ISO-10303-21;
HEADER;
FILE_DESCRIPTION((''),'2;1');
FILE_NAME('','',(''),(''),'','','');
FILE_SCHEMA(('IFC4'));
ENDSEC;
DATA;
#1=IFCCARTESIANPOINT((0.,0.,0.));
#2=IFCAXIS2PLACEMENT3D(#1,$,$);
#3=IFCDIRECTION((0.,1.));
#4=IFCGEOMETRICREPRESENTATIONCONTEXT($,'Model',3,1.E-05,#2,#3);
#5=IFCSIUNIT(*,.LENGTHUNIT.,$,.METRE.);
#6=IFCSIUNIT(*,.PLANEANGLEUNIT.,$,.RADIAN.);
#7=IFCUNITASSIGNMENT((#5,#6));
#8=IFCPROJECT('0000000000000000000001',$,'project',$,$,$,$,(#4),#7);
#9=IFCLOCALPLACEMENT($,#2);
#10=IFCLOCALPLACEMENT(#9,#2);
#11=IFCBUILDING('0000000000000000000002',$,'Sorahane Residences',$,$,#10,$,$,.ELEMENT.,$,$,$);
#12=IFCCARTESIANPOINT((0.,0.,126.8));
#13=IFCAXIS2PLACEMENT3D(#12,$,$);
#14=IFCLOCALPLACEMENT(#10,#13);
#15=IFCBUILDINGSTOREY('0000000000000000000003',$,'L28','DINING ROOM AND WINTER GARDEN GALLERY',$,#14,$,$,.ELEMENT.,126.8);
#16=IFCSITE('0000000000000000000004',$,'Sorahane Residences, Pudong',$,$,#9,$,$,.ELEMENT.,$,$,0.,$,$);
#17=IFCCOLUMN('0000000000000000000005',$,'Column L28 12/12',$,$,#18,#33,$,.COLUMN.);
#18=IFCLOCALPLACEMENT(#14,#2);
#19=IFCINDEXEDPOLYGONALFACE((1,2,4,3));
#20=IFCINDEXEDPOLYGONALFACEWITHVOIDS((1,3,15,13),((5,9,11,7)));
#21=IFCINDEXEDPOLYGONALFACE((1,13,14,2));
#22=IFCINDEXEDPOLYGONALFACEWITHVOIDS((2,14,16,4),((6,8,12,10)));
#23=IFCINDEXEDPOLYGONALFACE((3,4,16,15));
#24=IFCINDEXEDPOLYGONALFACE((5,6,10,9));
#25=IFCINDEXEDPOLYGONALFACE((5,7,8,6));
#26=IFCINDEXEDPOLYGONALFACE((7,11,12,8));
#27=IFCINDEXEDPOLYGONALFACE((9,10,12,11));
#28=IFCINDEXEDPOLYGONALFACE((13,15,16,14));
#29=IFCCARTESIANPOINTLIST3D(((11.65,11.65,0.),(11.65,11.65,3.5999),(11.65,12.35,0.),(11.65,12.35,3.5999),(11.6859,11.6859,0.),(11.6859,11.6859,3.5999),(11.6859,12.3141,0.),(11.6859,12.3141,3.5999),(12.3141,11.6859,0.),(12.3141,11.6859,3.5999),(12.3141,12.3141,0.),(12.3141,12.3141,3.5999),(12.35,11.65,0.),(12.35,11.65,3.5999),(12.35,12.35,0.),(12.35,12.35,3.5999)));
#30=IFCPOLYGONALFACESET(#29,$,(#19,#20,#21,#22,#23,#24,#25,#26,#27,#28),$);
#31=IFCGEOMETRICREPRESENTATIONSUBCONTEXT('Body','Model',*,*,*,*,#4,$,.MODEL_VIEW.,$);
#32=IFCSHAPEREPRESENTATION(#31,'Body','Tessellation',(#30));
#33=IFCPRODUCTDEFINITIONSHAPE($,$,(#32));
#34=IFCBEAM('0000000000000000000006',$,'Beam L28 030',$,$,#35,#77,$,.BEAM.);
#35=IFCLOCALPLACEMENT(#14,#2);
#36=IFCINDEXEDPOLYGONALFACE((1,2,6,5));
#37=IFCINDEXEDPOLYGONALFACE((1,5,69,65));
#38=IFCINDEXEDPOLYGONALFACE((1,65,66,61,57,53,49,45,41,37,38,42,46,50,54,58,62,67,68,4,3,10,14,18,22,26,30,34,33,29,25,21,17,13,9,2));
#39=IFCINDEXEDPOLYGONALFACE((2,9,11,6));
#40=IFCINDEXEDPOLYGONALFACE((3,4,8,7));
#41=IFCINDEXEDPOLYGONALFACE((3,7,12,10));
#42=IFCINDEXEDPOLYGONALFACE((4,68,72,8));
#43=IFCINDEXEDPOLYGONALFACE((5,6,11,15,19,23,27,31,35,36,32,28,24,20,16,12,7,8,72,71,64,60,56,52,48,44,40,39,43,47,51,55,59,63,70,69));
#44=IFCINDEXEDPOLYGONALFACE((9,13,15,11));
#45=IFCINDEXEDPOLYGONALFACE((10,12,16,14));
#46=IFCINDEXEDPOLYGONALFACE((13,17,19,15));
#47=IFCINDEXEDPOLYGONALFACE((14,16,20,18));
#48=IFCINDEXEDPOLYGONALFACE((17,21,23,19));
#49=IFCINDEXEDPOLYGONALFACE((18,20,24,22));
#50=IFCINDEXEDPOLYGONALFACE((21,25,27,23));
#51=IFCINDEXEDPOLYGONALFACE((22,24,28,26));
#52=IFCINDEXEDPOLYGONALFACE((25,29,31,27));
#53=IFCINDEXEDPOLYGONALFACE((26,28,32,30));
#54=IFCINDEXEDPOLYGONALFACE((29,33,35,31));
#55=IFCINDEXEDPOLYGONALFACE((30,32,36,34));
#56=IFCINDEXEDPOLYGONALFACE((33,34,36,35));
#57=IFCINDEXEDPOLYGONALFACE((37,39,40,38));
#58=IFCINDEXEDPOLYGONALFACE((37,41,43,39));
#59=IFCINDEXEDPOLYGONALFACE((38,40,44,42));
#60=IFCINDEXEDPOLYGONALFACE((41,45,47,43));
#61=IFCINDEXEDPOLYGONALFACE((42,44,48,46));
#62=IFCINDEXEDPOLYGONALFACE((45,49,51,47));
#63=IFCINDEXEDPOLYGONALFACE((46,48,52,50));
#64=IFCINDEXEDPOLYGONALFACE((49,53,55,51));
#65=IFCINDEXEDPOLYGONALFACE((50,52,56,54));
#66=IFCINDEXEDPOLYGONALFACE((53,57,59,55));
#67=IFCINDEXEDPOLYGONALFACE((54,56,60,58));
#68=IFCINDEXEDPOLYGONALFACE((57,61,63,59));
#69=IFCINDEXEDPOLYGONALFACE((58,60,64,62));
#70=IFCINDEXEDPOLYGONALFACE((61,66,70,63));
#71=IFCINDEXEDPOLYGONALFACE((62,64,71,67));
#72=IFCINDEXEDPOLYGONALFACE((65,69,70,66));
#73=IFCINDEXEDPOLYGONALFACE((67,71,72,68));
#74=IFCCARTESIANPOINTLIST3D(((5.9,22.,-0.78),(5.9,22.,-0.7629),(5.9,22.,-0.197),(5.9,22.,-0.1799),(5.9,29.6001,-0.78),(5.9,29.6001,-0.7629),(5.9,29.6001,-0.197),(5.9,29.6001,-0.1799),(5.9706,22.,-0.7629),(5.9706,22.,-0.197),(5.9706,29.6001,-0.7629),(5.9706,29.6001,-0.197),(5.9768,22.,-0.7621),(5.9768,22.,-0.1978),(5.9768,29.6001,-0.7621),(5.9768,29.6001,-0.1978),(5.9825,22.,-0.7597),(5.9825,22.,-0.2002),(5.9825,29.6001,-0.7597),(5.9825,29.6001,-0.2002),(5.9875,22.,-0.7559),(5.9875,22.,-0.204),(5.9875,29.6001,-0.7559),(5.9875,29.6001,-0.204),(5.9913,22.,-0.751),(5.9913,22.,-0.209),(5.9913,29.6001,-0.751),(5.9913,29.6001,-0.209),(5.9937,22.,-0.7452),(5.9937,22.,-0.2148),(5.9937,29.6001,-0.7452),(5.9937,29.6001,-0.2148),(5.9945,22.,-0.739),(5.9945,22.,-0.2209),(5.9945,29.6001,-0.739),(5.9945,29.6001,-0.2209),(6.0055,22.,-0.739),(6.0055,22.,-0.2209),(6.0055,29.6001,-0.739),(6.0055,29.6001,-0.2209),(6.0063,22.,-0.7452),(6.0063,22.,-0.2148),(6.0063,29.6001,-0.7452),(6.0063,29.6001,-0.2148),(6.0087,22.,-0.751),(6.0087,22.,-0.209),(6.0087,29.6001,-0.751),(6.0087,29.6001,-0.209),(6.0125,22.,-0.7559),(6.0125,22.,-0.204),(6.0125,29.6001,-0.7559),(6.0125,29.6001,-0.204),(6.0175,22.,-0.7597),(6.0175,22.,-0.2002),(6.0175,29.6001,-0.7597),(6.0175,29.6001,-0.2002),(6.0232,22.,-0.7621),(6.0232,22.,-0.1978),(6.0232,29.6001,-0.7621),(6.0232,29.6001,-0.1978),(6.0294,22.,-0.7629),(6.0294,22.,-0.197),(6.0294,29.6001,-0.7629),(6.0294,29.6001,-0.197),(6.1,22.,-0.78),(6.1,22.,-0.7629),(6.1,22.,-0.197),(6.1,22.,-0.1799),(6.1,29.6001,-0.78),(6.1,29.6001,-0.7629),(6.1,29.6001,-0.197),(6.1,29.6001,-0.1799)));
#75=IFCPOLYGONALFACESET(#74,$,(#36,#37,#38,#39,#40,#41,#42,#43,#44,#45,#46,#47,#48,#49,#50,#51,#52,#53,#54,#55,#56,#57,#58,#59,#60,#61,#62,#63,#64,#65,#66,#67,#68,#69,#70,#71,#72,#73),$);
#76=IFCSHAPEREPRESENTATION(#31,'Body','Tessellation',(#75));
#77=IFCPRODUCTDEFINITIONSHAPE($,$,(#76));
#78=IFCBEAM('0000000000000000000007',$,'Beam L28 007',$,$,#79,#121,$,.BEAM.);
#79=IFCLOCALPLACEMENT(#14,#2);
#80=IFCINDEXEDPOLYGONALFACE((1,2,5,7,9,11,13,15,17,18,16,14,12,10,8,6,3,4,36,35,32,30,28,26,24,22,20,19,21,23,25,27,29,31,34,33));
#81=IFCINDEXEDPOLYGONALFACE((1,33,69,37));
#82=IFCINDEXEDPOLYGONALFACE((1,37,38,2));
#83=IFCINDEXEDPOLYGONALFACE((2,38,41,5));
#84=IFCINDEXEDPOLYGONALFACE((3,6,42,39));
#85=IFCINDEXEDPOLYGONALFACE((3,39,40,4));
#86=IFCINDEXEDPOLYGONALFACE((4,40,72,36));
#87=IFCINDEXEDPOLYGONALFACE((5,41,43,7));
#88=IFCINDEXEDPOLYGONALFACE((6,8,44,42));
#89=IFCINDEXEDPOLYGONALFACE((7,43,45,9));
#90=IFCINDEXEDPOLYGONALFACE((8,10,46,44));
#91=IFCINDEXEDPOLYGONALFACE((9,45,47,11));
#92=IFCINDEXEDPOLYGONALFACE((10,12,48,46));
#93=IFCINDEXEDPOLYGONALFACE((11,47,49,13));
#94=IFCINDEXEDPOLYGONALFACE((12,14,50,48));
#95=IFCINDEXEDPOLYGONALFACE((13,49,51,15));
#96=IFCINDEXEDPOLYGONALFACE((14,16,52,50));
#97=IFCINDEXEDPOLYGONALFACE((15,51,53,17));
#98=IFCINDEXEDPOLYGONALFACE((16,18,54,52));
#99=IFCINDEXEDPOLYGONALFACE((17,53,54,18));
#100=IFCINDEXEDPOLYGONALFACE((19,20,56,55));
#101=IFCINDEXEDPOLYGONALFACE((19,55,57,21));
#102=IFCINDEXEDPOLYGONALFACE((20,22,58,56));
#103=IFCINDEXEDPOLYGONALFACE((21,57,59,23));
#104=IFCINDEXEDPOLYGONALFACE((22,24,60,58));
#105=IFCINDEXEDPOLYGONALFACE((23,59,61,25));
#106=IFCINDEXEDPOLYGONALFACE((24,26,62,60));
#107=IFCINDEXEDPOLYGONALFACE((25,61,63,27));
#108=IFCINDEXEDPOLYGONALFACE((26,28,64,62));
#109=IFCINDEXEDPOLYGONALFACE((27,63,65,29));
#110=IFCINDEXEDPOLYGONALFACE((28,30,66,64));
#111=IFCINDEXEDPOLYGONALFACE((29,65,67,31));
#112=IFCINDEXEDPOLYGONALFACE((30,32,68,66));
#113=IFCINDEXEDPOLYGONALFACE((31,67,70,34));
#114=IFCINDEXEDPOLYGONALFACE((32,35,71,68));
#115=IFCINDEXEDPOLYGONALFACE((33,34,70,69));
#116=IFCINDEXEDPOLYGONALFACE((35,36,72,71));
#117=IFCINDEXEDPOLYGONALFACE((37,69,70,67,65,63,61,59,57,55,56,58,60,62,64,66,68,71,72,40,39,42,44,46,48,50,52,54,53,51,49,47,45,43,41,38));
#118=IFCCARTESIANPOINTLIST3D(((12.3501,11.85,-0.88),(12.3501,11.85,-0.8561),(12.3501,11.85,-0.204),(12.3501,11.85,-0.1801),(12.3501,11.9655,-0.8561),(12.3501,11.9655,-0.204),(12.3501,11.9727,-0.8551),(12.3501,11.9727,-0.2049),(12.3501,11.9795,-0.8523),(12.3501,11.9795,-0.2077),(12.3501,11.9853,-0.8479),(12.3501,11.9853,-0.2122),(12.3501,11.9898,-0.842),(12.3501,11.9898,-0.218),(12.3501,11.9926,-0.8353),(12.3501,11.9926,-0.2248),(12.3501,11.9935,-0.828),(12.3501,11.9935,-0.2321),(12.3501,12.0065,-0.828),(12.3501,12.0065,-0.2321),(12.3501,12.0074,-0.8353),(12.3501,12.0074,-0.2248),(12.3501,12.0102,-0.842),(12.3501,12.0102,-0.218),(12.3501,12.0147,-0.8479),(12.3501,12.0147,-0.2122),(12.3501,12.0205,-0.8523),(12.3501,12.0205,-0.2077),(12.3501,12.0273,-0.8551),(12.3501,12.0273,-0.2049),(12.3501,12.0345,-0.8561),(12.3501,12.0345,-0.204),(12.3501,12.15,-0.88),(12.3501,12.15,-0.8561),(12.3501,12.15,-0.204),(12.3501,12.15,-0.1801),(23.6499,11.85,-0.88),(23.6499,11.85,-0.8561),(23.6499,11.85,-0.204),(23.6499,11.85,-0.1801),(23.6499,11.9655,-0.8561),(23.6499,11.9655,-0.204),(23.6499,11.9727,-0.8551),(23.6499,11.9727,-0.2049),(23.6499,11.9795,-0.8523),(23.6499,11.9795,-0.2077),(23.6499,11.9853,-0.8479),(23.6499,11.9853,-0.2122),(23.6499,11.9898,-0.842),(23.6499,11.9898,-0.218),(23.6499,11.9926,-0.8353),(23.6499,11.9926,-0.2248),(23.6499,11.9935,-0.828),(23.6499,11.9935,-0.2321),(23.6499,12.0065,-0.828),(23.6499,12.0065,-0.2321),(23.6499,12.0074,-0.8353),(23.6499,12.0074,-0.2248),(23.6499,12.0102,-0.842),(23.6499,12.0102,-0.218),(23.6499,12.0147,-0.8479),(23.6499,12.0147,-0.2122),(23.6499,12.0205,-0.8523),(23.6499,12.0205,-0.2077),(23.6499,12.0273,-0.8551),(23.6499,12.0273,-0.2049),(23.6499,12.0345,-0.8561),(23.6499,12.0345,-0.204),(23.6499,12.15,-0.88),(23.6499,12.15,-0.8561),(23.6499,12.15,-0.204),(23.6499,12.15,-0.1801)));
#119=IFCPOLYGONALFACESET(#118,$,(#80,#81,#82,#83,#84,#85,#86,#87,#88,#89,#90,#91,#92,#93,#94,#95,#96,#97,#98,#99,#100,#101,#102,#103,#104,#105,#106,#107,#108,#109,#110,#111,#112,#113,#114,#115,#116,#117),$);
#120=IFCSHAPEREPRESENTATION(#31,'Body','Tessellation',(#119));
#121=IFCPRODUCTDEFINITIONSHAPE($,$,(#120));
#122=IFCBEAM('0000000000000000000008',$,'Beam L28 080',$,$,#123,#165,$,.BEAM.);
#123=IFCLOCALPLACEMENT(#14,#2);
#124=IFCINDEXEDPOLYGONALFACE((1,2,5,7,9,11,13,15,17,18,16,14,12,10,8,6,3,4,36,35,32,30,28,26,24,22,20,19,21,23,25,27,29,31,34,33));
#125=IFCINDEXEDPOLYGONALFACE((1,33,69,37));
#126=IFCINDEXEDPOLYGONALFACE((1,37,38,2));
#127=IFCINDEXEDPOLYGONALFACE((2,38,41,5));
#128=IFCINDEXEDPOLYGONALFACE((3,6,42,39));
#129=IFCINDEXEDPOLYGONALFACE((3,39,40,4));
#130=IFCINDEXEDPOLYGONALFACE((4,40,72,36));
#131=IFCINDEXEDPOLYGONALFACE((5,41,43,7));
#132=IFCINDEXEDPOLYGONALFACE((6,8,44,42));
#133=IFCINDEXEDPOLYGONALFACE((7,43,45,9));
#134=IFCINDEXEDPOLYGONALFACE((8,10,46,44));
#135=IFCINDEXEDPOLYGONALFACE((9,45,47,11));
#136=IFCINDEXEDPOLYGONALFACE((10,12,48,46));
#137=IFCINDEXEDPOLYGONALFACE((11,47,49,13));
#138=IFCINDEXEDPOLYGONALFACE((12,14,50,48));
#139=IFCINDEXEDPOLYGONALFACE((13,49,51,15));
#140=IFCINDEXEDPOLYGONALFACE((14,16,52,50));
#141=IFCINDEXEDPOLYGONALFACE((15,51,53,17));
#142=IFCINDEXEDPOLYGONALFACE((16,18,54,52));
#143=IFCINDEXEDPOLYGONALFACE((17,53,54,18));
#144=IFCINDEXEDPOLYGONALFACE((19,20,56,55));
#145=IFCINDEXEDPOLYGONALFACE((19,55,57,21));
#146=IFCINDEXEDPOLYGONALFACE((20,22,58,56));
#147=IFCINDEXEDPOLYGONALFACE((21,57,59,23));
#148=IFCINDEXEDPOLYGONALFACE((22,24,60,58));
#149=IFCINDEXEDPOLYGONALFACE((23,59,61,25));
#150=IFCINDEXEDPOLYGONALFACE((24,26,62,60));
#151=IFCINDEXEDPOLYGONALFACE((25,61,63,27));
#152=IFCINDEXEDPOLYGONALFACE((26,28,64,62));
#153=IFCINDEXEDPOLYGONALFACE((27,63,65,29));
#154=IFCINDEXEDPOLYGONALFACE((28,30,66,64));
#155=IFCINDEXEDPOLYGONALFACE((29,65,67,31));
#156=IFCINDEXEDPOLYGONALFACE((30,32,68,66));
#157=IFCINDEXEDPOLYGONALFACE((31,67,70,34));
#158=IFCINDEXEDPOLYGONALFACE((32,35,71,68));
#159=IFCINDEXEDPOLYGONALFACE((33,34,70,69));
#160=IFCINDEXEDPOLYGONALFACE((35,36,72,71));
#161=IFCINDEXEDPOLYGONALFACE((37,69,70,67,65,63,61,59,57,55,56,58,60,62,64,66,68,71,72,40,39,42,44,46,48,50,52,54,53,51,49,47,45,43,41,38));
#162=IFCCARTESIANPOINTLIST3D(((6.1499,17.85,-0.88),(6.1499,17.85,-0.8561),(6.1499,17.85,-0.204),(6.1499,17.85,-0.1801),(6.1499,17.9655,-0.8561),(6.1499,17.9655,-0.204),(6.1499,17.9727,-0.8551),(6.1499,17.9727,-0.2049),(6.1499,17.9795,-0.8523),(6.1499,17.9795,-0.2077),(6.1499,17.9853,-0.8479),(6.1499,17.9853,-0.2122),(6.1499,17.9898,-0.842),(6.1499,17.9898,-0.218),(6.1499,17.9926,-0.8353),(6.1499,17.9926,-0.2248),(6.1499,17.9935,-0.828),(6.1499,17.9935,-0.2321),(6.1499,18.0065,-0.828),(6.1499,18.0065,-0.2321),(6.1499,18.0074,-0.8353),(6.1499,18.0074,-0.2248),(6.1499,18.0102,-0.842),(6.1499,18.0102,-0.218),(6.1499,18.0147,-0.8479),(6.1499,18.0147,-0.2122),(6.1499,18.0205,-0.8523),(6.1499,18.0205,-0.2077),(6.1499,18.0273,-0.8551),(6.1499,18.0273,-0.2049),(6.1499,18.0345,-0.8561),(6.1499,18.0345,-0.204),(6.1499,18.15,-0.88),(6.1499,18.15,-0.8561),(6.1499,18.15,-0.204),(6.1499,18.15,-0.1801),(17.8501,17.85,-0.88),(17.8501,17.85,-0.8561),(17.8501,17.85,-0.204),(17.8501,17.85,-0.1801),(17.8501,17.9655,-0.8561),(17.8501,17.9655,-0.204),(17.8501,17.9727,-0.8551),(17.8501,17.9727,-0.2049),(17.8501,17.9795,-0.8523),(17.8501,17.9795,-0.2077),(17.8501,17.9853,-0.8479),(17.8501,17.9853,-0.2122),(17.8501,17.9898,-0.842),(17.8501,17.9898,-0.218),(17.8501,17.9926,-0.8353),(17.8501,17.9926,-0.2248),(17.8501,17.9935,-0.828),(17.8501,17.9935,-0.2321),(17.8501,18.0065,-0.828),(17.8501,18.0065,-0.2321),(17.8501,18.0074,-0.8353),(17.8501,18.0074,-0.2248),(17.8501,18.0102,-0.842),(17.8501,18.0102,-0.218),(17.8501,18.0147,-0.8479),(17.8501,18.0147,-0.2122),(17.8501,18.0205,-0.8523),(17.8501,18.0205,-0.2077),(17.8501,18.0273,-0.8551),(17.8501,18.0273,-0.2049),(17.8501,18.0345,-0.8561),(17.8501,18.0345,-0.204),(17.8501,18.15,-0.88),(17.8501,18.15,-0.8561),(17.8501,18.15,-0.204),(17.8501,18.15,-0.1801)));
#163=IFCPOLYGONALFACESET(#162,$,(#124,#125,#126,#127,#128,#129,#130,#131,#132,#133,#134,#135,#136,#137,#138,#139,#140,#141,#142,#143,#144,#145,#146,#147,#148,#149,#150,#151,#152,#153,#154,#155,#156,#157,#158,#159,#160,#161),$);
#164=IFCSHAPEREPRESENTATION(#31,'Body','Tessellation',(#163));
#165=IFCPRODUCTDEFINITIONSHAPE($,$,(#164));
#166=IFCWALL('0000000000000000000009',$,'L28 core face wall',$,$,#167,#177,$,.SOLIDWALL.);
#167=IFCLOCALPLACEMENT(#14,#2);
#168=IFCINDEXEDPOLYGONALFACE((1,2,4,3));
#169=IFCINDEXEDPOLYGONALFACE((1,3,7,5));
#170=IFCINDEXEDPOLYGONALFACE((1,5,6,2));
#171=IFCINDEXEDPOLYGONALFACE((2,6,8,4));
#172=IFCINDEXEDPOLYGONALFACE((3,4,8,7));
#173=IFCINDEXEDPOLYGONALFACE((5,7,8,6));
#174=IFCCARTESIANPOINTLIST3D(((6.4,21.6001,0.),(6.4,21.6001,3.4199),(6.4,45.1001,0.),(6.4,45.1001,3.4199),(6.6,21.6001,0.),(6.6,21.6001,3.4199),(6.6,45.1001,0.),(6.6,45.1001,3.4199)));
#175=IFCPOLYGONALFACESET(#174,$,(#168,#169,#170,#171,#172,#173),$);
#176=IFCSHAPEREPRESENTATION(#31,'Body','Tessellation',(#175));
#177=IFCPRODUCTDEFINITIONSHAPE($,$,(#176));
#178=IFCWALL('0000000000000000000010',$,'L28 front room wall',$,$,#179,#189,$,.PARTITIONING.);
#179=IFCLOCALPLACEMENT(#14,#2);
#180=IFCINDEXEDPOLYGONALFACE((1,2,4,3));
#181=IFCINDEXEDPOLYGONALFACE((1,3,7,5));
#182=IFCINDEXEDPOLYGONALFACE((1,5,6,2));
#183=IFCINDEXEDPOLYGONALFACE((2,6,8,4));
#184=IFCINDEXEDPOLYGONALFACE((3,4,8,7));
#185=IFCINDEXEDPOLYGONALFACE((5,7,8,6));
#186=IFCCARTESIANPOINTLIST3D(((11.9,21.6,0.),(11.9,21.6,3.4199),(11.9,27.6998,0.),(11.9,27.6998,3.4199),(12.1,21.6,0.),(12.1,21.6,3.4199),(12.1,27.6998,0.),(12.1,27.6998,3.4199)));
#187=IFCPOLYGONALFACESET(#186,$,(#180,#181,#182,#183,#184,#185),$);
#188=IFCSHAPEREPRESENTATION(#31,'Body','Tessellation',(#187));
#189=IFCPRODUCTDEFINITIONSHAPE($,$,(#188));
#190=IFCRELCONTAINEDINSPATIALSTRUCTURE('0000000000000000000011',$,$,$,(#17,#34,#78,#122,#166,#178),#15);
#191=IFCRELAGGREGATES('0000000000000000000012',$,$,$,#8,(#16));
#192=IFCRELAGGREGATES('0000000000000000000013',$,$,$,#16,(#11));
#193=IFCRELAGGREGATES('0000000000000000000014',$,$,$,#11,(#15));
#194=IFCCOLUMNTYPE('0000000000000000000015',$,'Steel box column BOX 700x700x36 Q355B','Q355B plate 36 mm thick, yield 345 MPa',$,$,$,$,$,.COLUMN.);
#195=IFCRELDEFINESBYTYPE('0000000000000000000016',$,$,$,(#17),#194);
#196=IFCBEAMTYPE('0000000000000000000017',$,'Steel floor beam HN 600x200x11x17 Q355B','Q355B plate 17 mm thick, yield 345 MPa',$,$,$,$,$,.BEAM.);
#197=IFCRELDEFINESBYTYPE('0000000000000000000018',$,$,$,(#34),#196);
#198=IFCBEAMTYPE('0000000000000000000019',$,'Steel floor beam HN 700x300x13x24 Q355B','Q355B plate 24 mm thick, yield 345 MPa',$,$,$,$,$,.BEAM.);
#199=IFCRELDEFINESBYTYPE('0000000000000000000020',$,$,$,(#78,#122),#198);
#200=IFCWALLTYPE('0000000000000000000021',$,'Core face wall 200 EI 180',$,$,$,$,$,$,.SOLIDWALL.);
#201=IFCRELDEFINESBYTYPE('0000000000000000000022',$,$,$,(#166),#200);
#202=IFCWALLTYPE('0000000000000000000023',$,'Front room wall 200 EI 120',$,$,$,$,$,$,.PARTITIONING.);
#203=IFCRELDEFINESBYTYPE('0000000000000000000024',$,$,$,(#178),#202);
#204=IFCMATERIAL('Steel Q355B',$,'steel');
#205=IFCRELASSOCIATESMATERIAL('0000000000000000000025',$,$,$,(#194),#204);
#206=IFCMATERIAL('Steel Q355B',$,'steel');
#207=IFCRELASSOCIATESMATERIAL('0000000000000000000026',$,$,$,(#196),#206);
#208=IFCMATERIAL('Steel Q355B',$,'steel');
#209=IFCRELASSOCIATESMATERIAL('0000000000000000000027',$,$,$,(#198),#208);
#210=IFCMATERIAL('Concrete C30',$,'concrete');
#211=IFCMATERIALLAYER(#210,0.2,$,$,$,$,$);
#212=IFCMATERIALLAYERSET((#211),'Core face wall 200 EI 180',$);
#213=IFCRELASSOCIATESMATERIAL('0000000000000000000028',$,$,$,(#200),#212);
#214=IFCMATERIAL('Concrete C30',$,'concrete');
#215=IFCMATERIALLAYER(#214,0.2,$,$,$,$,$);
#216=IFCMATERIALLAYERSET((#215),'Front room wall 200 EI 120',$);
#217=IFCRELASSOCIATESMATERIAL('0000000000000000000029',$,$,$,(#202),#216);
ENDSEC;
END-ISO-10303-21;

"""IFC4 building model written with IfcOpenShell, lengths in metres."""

from ifc_helpers import new_model, si_unit, direction, frame, frame_2d, origin, origin_2d, place, context, subcontext, project, spatial, rectangle, hollow_rectangle, i_section, extrude, material, layer, layer_set, material_profile, profile_set, type_object, element, save


model = new_model("IFC4")

# Units and contexts
model_context = context("Model", 3, precision=1e-05, world=origin(), true_north=direction((0.0, 1.0)))
body_context = subcontext(model_context, "Body", "Model", "MODEL_VIEW")
ifc_project = project(units=[si_unit("LENGTHUNIT", "METRE"), si_unit("PLANEANGLEUNIT", "RADIAN")], contexts=[model_context])

# Site, building, storey
site_placement = place(None, origin())
site = spatial("IfcSite", under=ifc_project, at=site_placement, Name="Sorahane Residences, Pudong", CompositionType="ELEMENT", RefElevation=0.0)
building_placement = place(site_placement, origin())
building = spatial("IfcBuilding", under=site, at=building_placement, Name="Sorahane Residences", CompositionType="ELEMENT")
storey_placement = place(building_placement, frame((0.0, 0.0, 126.8)))
storey = spatial("IfcBuildingStorey", under=building, at=storey_placement, Name="L28", Description="DINING ROOM AND WINTER GARDEN GALLERY", CompositionType="ELEMENT", Elevation=126.8)

# Column
ifc_material_1 = material(Name="Steel Q355B", Category="steel")
ifc_material_profile_1 = material_profile(ifc_material_1, hollow_rectangle(XDim=0.7, YDim=0.7, WallThickness=0.0359, at=origin_2d()), Name="BOX 700x700x36")
ifc_profile_set_1 = profile_set([ifc_material_profile_1], Name="Steel Q355B")
column_type = type_object("IfcColumnType", Name="Steel box column BOX 700x700x36 Q355B", Description="Q355B plate 36 mm thick, yield 345 MPa", PredefinedType="COLUMN", material=ifc_profile_set_1)
column_placement = place(storey_placement, frame((12.0, 12.0, 0.0), z_axis=(0.0, 0.0, 1.0), x_axis=(1.0, 0.0, 0.0)))
element("IfcColumn", 1, at=column_placement, inside=storey, type_object=column_type, Name="Column L28 12/12", PredefinedType="COLUMN", context=body_context, shape_type="SweptSolid", body=[
    extrude(hollow_rectangle(XDim=0.7, YDim=0.7, WallThickness=0.0359, at=origin_2d()), origin(), (0.0, 0.0, 1.0), 3.5999),
])

# Beams
ifc_material_2 = material(Name="Steel Q355B", Category="steel")
ifc_material_profile_2 = material_profile(ifc_material_2, i_section(OverallWidth=0.2, OverallDepth=0.6001, WebThickness=0.011, FlangeThickness=0.0171, FilletRadius=0.0239, at=origin_2d()), Name="HN 600x200x11x17")
ifc_profile_set_2 = profile_set([ifc_material_profile_2], Name="Steel Q355B")
beam_type_1 = type_object("IfcBeamType", Name="Steel floor beam HN 600x200x11x17 Q355B", Description="Q355B plate 17 mm thick, yield 345 MPa", PredefinedType="BEAM", material=ifc_profile_set_2)
beam_1_placement = place(storey_placement, frame((6.0, 22.0, -0.48), z_axis=(0.0, 1.0, 0.0), x_axis=(-1.0, 0.0, 0.0)))
element("IfcBeam", 2, at=beam_1_placement, inside=storey, type_object=beam_type_1, Name="Beam L28 030", PredefinedType="BEAM", context=body_context, shape_type="SweptSolid", body=[
    extrude(i_section(OverallWidth=0.2, OverallDepth=0.6001, WebThickness=0.011, FlangeThickness=0.0171, FilletRadius=0.0239, at=origin_2d()), origin(), (0.0, 0.0, 1.0), 7.6001),
])
ifc_material_3 = material(Name="Steel Q355B", Category="steel")
ifc_material_profile_3 = material_profile(ifc_material_3, i_section(OverallWidth=0.3, OverallDepth=0.7, WebThickness=0.0129, FlangeThickness=0.0239, FilletRadius=0.0281, at=origin_2d()), Name="HN 700x300x13x24")
ifc_profile_set_3 = profile_set([ifc_material_profile_3], Name="Steel Q355B")
beam_type_2 = type_object("IfcBeamType", Name="Steel floor beam HN 700x300x13x24 Q355B", Description="Q355B plate 24 mm thick, yield 345 MPa", PredefinedType="BEAM", material=ifc_profile_set_3)
beam_2_placement = place(storey_placement, frame((12.3501, 12.0, -0.53), z_axis=(1.0, 0.0, 0.0), x_axis=(0.0, 1.0, 0.0)))
element("IfcBeam", 3, at=beam_2_placement, inside=storey, type_object=beam_type_2, Name="Beam L28 007", PredefinedType="BEAM", context=body_context, shape_type="SweptSolid", body=[
    extrude(i_section(OverallWidth=0.3, OverallDepth=0.7, WebThickness=0.0129, FlangeThickness=0.0239, FilletRadius=0.0281, at=origin_2d()), origin(), (0.0, 0.0, 1.0), 11.2998),
])
beam_3_placement = place(storey_placement, frame((6.1499, 18.0, -0.53), z_axis=(1.0, 0.0, 0.0), x_axis=(0.0, 1.0, 0.0)))
element("IfcBeam", 4, at=beam_3_placement, inside=storey, type_object=beam_type_2, Name="Beam L28 080", PredefinedType="BEAM", context=body_context, shape_type="SweptSolid", body=[
    extrude(i_section(OverallWidth=0.3, OverallDepth=0.7, WebThickness=0.0129, FlangeThickness=0.0239, FilletRadius=0.0281, at=origin_2d()), origin(), (0.0, 0.0, 1.0), 11.7002),
])

# Walls
ifc_material_4 = material(Name="Concrete C30", Category="concrete")
ifc_layer_1 = layer(ifc_material_4, 0.2)
ifc_layer_set_1 = layer_set([ifc_layer_1], Name="Core face wall 200 EI 180")
wall_type_1 = type_object("IfcWallType", Name="Core face wall 200 EI 180", PredefinedType="SOLIDWALL", material=ifc_layer_set_1)
wall_1_placement = place(storey_placement, frame((6.5, 21.6001, 0.0), z_axis=(0.0, 0.0, 1.0), x_axis=(0.0, 1.0, 0.0)))
element("IfcWall", 5, at=wall_1_placement, inside=storey, type_object=wall_type_1, Name="L28 core face wall", PredefinedType="SOLIDWALL", context=body_context, shape_type="SweptSolid", body=[
    extrude(rectangle(XDim=23.5, YDim=0.2, at=frame_2d((11.75, 0.0))), origin(), (0.0, 0.0, 1.0), 3.4199),
])
ifc_material_5 = material(Name="Concrete C30", Category="concrete")
ifc_layer_2 = layer(ifc_material_5, 0.2)
ifc_layer_set_2 = layer_set([ifc_layer_2], Name="Front room wall 200 EI 120")
wall_type_2 = type_object("IfcWallType", Name="Front room wall 200 EI 120", PredefinedType="PARTITIONING", material=ifc_layer_set_2)
wall_2_placement = place(storey_placement, frame((12.0, 21.6001, 0.0), z_axis=(0.0, 0.0, 1.0), x_axis=(0.0, 1.0, 0.0)))
element("IfcWall", 6, at=wall_2_placement, inside=storey, type_object=wall_type_2, Name="L28 front room wall", PredefinedType="PARTITIONING", context=body_context, shape_type="SweptSolid", body=[
    extrude(rectangle(XDim=6.0999, YDim=0.2, at=frame_2d((3.0498, 0.0))), origin(), (0.0, 0.0, 1.0), 3.4199),
])

save(model, "model.ifc")
